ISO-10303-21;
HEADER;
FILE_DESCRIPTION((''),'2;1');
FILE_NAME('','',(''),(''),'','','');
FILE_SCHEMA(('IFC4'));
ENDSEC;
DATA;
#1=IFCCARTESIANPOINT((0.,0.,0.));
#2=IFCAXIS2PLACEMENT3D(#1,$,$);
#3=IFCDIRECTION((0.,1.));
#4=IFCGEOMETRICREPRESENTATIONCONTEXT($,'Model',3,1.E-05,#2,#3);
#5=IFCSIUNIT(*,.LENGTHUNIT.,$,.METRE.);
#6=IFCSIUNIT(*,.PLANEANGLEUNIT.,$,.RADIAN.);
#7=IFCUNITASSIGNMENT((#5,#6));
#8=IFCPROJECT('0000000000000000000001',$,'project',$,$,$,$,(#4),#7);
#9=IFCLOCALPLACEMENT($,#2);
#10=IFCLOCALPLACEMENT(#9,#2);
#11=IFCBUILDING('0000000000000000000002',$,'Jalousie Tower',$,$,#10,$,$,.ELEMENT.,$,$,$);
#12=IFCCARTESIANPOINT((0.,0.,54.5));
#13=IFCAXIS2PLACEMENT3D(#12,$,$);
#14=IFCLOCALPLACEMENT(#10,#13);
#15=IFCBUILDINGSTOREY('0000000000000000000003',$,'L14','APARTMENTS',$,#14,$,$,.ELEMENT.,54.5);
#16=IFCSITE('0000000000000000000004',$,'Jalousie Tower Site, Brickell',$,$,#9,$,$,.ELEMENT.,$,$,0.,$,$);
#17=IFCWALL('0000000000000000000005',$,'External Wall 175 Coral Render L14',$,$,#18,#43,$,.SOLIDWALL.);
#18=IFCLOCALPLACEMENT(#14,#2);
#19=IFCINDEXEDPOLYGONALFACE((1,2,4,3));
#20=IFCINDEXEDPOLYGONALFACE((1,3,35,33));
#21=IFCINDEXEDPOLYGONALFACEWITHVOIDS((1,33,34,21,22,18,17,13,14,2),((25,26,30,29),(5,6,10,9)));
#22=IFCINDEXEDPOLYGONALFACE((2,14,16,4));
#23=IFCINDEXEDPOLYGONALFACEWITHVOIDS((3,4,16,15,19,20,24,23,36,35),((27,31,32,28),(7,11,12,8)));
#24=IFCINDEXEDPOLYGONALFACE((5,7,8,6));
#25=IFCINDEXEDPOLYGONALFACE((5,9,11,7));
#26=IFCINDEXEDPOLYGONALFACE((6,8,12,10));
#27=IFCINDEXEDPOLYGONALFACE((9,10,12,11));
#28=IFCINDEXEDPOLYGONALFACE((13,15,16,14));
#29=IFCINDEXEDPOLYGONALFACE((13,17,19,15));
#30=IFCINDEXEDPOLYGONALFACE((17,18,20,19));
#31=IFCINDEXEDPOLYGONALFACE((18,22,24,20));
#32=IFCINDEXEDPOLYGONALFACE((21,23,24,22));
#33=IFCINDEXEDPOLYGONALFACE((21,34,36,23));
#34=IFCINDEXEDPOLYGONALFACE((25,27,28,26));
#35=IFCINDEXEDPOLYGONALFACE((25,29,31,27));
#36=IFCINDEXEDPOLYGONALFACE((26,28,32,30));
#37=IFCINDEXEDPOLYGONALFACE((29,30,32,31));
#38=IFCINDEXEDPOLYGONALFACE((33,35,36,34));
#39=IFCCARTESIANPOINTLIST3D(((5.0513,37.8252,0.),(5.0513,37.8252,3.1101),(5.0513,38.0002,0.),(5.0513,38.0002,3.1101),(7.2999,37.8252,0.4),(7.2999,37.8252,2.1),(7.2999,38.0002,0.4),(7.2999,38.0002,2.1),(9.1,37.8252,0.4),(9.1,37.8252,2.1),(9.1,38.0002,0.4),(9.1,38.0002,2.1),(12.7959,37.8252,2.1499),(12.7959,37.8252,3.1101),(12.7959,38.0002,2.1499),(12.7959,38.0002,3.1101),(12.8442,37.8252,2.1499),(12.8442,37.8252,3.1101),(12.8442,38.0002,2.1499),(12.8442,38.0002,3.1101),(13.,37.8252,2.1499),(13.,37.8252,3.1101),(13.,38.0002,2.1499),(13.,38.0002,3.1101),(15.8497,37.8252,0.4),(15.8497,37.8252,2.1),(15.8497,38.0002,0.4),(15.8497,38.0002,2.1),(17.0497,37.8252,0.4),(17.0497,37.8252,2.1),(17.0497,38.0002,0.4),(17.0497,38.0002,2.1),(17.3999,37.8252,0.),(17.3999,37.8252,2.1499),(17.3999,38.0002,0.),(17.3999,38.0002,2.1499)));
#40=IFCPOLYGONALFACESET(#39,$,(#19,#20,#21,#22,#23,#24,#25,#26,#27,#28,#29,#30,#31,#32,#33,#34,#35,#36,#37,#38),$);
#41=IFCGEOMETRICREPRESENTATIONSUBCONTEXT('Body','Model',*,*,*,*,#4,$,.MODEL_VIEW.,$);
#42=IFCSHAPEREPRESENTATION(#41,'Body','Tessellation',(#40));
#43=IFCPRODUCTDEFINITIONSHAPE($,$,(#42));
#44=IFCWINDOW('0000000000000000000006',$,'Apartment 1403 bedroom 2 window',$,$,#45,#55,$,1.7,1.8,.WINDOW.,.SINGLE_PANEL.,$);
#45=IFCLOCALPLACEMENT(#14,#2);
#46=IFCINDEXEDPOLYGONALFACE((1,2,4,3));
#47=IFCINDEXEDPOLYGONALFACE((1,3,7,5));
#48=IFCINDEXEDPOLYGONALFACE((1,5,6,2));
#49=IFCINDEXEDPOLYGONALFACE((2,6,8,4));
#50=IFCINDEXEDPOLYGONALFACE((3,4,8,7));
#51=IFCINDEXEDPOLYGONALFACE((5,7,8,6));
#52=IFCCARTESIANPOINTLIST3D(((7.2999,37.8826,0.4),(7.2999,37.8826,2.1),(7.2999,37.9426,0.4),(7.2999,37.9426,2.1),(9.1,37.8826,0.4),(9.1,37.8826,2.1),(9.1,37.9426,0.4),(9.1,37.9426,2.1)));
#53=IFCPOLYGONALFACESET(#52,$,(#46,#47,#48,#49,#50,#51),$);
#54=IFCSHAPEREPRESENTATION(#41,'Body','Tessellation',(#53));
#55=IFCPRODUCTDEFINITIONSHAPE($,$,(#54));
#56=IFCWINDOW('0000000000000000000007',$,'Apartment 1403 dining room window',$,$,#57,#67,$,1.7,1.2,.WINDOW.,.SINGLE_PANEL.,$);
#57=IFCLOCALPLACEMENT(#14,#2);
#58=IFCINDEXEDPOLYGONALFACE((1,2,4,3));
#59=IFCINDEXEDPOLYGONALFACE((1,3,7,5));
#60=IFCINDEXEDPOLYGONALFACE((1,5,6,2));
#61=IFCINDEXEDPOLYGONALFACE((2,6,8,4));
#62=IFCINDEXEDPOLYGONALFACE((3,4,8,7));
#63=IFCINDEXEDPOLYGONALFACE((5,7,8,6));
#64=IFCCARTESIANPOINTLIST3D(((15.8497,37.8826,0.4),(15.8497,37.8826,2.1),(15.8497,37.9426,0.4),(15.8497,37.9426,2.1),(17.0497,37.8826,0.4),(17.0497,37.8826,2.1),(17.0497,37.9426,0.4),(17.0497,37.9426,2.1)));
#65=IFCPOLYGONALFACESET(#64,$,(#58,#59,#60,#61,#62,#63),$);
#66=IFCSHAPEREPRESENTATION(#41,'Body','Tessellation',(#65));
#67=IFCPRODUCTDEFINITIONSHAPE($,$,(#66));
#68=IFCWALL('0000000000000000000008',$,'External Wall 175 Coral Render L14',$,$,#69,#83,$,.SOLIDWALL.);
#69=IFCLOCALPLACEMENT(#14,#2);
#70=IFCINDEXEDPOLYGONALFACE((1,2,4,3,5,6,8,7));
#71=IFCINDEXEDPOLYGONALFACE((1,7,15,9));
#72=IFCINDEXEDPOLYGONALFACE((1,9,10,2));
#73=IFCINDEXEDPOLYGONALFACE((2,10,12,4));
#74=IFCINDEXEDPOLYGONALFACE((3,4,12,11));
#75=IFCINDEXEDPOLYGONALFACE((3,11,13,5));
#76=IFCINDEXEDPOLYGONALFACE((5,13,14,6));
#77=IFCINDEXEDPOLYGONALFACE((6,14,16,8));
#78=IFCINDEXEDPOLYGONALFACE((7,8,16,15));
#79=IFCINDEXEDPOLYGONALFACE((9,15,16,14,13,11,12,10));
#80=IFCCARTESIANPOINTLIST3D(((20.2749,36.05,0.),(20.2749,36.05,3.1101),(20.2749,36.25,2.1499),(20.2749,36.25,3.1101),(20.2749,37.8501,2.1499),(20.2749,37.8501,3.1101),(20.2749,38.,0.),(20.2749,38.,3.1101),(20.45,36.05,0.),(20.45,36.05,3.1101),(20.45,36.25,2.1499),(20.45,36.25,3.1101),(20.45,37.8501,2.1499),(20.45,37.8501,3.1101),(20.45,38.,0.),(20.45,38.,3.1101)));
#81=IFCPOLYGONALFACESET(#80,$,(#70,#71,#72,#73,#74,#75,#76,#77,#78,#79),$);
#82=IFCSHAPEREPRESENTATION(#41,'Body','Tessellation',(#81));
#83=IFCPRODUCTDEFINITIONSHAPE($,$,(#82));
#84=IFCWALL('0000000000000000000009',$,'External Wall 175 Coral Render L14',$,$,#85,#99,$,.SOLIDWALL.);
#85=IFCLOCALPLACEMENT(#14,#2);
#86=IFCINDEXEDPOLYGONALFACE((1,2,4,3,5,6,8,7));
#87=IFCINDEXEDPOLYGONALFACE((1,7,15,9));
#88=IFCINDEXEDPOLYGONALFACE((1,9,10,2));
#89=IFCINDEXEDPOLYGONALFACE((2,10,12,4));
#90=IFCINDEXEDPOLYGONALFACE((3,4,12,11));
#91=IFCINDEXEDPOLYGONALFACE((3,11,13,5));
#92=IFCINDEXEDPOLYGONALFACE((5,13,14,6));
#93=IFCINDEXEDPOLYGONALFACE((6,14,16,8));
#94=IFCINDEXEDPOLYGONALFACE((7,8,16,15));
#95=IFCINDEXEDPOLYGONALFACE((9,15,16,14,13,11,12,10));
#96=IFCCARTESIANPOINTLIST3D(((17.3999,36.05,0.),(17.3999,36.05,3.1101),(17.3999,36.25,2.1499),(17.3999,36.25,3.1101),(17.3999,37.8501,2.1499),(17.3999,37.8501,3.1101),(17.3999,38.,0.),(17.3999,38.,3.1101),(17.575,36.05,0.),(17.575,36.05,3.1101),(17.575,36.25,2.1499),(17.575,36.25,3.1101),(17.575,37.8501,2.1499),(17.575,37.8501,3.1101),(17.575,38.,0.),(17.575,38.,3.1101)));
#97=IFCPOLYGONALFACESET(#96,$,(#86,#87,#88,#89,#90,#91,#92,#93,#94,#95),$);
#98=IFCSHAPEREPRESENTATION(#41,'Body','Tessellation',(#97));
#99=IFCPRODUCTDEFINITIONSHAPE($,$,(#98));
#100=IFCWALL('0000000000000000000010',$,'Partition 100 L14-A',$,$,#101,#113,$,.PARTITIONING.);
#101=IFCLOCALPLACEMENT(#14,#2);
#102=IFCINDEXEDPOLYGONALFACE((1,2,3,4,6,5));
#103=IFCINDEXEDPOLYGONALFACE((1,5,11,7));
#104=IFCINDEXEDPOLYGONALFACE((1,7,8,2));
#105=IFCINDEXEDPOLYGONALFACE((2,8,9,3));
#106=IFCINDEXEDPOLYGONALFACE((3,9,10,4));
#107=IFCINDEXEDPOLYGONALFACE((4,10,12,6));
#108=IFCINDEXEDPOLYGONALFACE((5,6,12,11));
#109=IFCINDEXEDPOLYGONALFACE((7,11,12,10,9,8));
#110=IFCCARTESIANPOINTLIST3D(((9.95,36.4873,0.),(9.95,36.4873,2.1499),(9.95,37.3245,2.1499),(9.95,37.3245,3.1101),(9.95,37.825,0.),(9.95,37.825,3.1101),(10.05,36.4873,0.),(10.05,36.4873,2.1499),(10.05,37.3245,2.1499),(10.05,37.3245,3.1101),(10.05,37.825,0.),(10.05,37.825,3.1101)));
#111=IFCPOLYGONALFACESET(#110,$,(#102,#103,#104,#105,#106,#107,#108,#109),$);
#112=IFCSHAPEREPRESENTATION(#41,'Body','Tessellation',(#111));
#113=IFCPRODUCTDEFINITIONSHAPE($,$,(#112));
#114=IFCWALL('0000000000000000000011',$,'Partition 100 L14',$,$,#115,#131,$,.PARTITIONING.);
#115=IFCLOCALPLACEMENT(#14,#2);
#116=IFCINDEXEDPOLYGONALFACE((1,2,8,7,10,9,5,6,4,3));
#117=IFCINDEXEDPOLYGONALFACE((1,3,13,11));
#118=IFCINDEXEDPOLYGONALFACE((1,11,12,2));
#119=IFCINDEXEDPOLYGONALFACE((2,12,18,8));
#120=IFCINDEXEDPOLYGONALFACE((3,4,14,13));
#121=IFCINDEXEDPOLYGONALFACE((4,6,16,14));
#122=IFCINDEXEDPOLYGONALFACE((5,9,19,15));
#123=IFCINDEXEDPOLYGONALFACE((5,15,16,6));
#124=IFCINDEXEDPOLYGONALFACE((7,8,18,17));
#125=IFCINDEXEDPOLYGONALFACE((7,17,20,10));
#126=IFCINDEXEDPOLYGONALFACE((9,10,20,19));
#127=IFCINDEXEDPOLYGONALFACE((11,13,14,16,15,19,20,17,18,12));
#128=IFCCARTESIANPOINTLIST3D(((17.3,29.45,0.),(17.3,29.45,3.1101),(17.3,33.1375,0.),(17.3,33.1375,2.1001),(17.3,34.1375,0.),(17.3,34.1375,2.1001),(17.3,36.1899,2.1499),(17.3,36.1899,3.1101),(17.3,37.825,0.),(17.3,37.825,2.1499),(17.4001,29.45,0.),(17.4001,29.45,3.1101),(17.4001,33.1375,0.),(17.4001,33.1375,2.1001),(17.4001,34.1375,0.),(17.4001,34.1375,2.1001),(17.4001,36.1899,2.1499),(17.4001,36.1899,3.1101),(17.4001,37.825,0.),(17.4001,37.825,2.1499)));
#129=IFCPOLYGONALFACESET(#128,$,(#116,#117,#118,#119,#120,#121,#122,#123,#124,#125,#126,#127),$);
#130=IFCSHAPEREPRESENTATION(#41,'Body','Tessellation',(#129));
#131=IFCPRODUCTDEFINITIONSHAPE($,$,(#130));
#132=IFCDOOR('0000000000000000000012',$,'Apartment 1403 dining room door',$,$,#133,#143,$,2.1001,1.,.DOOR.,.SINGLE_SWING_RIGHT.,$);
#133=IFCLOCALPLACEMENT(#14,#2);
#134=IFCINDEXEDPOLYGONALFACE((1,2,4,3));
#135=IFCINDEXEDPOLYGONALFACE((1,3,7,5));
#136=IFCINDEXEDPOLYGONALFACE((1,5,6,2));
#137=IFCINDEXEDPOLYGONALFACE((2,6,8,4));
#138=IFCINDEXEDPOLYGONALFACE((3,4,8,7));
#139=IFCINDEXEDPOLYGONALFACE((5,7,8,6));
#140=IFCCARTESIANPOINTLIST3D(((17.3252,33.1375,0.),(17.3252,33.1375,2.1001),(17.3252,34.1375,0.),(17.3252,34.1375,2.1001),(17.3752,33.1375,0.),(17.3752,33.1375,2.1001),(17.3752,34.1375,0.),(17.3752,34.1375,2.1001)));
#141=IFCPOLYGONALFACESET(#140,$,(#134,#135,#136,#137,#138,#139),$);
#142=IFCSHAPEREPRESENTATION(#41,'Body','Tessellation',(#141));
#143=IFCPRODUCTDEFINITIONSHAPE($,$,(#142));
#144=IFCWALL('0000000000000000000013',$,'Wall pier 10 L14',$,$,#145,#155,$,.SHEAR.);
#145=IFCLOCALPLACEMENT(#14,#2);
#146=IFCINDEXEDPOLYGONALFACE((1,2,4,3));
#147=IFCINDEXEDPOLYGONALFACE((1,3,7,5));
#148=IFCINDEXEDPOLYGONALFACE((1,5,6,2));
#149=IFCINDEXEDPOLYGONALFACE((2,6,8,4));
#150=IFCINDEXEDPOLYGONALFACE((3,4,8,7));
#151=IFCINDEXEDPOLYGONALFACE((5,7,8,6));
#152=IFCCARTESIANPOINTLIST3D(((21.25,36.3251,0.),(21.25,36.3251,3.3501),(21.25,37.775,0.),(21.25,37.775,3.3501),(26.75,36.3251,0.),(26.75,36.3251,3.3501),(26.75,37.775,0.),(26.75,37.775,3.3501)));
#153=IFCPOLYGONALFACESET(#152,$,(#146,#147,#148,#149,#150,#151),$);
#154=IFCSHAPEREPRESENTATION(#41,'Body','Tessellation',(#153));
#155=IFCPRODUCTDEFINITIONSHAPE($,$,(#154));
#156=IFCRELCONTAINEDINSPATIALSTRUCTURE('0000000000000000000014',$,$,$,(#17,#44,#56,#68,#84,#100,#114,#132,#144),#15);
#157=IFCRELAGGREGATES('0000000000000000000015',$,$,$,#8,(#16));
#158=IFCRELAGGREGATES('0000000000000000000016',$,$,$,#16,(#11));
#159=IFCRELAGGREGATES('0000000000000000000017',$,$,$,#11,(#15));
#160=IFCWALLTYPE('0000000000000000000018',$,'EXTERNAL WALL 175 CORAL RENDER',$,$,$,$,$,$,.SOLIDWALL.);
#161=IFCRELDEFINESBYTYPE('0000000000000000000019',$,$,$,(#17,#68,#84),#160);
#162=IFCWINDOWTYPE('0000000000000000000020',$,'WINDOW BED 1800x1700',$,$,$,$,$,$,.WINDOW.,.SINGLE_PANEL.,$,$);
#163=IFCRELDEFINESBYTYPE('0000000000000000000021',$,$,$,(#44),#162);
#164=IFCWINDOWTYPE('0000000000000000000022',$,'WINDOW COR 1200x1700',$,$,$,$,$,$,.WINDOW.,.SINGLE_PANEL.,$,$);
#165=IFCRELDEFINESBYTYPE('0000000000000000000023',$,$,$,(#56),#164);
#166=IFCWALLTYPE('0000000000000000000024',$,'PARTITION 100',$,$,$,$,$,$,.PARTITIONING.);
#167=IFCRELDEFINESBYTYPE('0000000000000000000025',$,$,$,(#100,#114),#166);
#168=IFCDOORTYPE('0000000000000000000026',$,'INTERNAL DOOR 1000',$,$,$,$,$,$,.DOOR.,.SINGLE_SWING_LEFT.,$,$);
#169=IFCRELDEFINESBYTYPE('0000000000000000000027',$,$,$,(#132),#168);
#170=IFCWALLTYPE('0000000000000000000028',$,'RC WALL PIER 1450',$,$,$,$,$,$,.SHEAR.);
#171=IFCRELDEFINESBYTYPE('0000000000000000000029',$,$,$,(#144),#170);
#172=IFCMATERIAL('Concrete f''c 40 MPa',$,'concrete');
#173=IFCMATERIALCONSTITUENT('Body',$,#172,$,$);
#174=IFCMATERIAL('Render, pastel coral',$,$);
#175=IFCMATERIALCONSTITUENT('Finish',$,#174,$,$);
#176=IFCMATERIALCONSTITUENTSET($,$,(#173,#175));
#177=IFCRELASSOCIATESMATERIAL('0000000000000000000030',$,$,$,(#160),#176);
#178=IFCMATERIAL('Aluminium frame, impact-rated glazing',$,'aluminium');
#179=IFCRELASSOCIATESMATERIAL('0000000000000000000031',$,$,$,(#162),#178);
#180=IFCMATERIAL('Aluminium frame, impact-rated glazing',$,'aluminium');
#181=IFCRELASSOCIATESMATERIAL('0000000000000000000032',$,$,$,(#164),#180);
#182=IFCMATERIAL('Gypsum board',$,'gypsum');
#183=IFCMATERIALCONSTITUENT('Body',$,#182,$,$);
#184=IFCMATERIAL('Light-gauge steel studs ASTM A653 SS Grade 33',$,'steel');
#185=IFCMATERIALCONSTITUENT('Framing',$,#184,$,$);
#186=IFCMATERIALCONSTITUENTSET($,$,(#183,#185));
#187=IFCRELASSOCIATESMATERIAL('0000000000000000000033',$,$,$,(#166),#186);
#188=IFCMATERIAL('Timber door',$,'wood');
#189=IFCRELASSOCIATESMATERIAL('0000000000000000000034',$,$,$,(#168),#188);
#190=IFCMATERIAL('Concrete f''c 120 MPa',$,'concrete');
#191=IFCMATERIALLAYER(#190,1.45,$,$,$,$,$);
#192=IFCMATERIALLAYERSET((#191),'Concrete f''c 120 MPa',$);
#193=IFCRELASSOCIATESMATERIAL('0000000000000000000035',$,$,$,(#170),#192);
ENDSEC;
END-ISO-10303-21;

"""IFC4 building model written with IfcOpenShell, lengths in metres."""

from ifc_helpers import new_model, si_unit, direction, frame, frame_2d, origin, place, context, subcontext, project, spatial, polyline, rectangle, outline, extrude, material, layer, layer_set, constituent, constituent_set, type_object, element, fill, save


model = new_model("IFC4")

# Units and contexts
model_context = context("Model", 3, precision=1e-05, world=origin(), true_north=direction((0.0, 1.0)))
body_context = subcontext(model_context, "Body", "Model", "MODEL_VIEW")
ifc_project = project(units=[si_unit("LENGTHUNIT", "METRE"), si_unit("PLANEANGLEUNIT", "RADIAN")], contexts=[model_context])

# Site, building, storey
site_placement = place(None, origin())
site = spatial("IfcSite", under=ifc_project, at=site_placement, Name="Jalousie Tower Site, Brickell", CompositionType="ELEMENT", RefElevation=0.0)
building_placement = place(site_placement, origin())
building = spatial("IfcBuilding", under=site, at=building_placement, Name="Jalousie Tower", CompositionType="ELEMENT")
storey_placement = place(building_placement, frame((0.0, 0.0, 54.5)))
storey = spatial("IfcBuildingStorey", under=building, at=storey_placement, Name="L14", Description="APARTMENTS", CompositionType="ELEMENT", Elevation=54.5)

# Wall, openings, windows
ifc_material_1 = material(Name="Concrete f'c 40 MPa", Category="concrete")
ifc_constituent_1 = constituent(ifc_material_1, Name="Body")
ifc_material_2 = material(Name="Render, pastel coral")
ifc_constituent_2 = constituent(ifc_material_2, Name="Finish")
ifc_constituent_set_1 = constituent_set(constituents=[ifc_constituent_1, ifc_constituent_2])
wall_type_1 = type_object("IfcWallType", Name="EXTERNAL WALL 175 CORAL RENDER", PredefinedType="SOLIDWALL", material=ifc_constituent_set_1)
wall_1_placement = place(storey_placement, frame((17.3999, 37.9126, 0.0), z_axis=(0.0, 0.0, 1.0), x_axis=(-1.0, 0.0, 0.0)))
wall_1 = element("IfcWall", 1, at=wall_1_placement, inside=storey, type_object=wall_type_1, Name="External Wall 175 Coral Render L14", PredefinedType="SOLIDWALL", context=body_context, shape_type="SweptSolid", body=[
    extrude(outline(polyline([(0.0, 0.0), (12.3486, 0.0), (12.3486, 3.1101), (4.604, 3.1101), (4.604, 2.1499), (4.5557, 2.1499), (4.5557, 3.1101), (4.3999, 3.1101), (4.3999, 2.1499), (0.0, 2.1499), (0.0, 0.0)])), frame((0.0, 0.0874, 0.0), z_axis=(0.0, -1.0, 0.0), x_axis=(1.0, 0.0, 0.0)), (0.0, 0.0, 1.0), 0.175),
])
opening_1_placement = place(wall_1_placement, frame((0.3501, 0.0, 0.3999)))
opening_1 = element("IfcOpeningElement", 2, at=opening_1_placement, cuts=wall_1, PredefinedType="OPENING", context=body_context, shape_type="SweptSolid", body=[
    extrude(rectangle(XDim=1.2, YDim=1.7, at=frame_2d((0.6001, 0.8501))), frame((0.0, 0.0974, 0.0), z_axis=(0.0, -1.0, 0.0), x_axis=(1.0, 0.0, 0.0)), (0.0, 0.0, 1.0), 0.1951),
])
opening_2_placement = place(wall_1_placement, frame((8.3, 0.0, 0.3999)))
opening_2 = element("IfcOpeningElement", 3, at=opening_2_placement, cuts=wall_1, PredefinedType="OPENING", context=body_context, shape_type="SweptSolid", body=[
    extrude(rectangle(XDim=1.8, YDim=1.7, at=frame_2d((0.8999, 0.8501))), frame((0.0, 0.0974, 0.0), z_axis=(0.0, -1.0, 0.0), x_axis=(1.0, 0.0, 0.0)), (0.0, 0.0, 1.0), 0.1951),
])
ifc_material_3 = material(Name="Aluminium frame, impact-rated glazing", Category="aluminium")
window_type_1 = type_object("IfcWindowType", Name="WINDOW BED 1800x1700", PartitioningType="SINGLE_PANEL", PredefinedType="WINDOW", material=ifc_material_3)
window_1_placement = place(opening_2_placement, origin())
window_1 = element("IfcWindow", 4, at=window_1_placement, inside=storey, type_object=window_type_1, Name="Apartment 1403 bedroom 2 window", OverallHeight=1.7, OverallWidth=1.8, PartitioningType="SINGLE_PANEL", PredefinedType="WINDOW", context=body_context, shape_type="SweptSolid", body=[
    extrude(rectangle(XDim=1.8, YDim=1.7, at=frame_2d((0.8999, 0.8501))), frame((0.0, 0.03, 0.0), z_axis=(0.0, -1.0, 0.0), x_axis=(1.0, 0.0, 0.0)), (0.0, 0.0, 1.0), 0.0601),
])
fill(opening_2, window_1)
ifc_material_4 = material(Name="Aluminium frame, impact-rated glazing", Category="aluminium")
window_type_2 = type_object("IfcWindowType", Name="WINDOW COR 1200x1700", PartitioningType="SINGLE_PANEL", PredefinedType="WINDOW", material=ifc_material_4)
window_2_placement = place(opening_1_placement, origin())
window_2 = element("IfcWindow", 5, at=window_2_placement, inside=storey, type_object=window_type_2, Name="Apartment 1403 dining room window", OverallHeight=1.7, OverallWidth=1.2, PartitioningType="SINGLE_PANEL", PredefinedType="WINDOW", context=body_context, shape_type="SweptSolid", body=[
    extrude(rectangle(XDim=1.2, YDim=1.7, at=frame_2d((0.6001, 0.8501))), frame((0.0, 0.03, 0.0), z_axis=(0.0, -1.0, 0.0), x_axis=(1.0, 0.0, 0.0)), (0.0, 0.0, 1.0), 0.0601),
])
fill(opening_1, window_2)

# Walls
for number, where, z_axis, x_axis, name in (
    (6, (20.3625, 38.0, 0.0), (0.0, 0.0, 1.0), (0.0, -1.0, 0.0), "External Wall 175 Coral Render L14"),
    (7, (17.4875, 38.0, 0.0), (0.0, 0.0, 1.0), (0.0, -1.0, 0.0), "External Wall 175 Coral Render L14"),
):
    element("IfcWall", number, at=place(storey_placement, frame(where, z_axis=z_axis, x_axis=x_axis)), inside=storey, type_object=wall_type_1, Name=name, PredefinedType="SOLIDWALL", context=body_context, shape_type="SweptSolid", body=[
        extrude(outline(polyline([(0.0, 0.0), (1.95, 0.0), (1.95, 3.1101), (1.75, 3.1101), (1.75, 2.1499), (0.1499, 2.1499), (0.1499, 3.1101), (0.0, 3.1101), (0.0, 0.0)])), frame((0.0, 0.0874, 0.0), z_axis=(0.0, -1.0, 0.0), x_axis=(1.0, 0.0, 0.0)), (0.0, 0.0, 1.0), 0.175),
    ])
ifc_material_5 = material(Name="Gypsum board", Category="gypsum")
ifc_constituent_3 = constituent(ifc_material_5, Name="Body")
ifc_material_6 = material(Name="Light-gauge steel studs ASTM A653 SS Grade 33", Category="steel")
ifc_constituent_4 = constituent(ifc_material_6, Name="Framing")
ifc_constituent_set_2 = constituent_set(constituents=[ifc_constituent_3, ifc_constituent_4])
wall_type_2 = type_object("IfcWallType", Name="PARTITION 100", PredefinedType="PARTITIONING", material=ifc_constituent_set_2)
wall_2_placement = place(storey_placement, frame((10.0, 37.825, 0.0), z_axis=(0.0, 0.0, 1.0), x_axis=(0.0, -1.0, 0.0)))
element("IfcWall", 8, at=wall_2_placement, inside=storey, type_object=wall_type_2, Name="Partition 100 L14-A", PredefinedType="PARTITIONING", context=body_context, shape_type="SweptSolid", body=[
    extrude(outline(polyline([(0.0, 0.0), (1.3376, 0.0), (1.3376, 2.1499), (0.5005, 2.1499), (0.5005, 3.1101), (0.0, 3.1101), (0.0, 0.0)])), frame((0.0, 0.05, 0.0), z_axis=(0.0, -1.0, 0.0), x_axis=(1.0, 0.0, 0.0)), (0.0, 0.0, 1.0), 0.1001),
])

# Wall, opening, door
wall_3_placement = place(storey_placement, frame((17.3501, 37.825, 0.0), z_axis=(0.0, 0.0, 1.0), x_axis=(0.0, -1.0, 0.0)))
wall_3 = element("IfcWall", 9, at=wall_3_placement, inside=storey, type_object=wall_type_2, Name="Partition 100 L14", PredefinedType="PARTITIONING", context=body_context, shape_type="SweptSolid", body=[
    extrude(outline(polyline([(0.0, 0.0), (8.375, 0.0), (8.375, 3.1101), (1.635, 3.1101), (1.635, 2.1499), (0.0, 2.1499), (0.0, 3.1101), (0.0, 0.0)])), frame((0.0, 0.05, 0.0), z_axis=(0.0, -1.0, 0.0), x_axis=(1.0, 0.0, 0.0)), (0.0, 0.0, 1.0), 0.1001),
])
opening_3_placement = place(wall_3_placement, frame((3.6875, 0.0, 0.0)))
opening_3 = element("IfcOpeningElement", 10, at=opening_3_placement, cuts=wall_3, PredefinedType="OPENING", context=body_context, shape_type="SweptSolid", body=[
    extrude(rectangle(XDim=1.0, YDim=2.1001, at=frame_2d((0.5, 1.05))), frame((0.0, 0.0601, 0.0), z_axis=(0.0, -1.0, 0.0), x_axis=(1.0, 0.0, 0.0)), (0.0, 0.0, 1.0), 0.1201),
])
ifc_material_7 = material(Name="Timber door", Category="wood")
door_type = type_object("IfcDoorType", Name="INTERNAL DOOR 1000", OperationType="SINGLE_SWING_LEFT", PredefinedType="DOOR", material=ifc_material_7)
door_placement = place(opening_3_placement, frame((1.0, 0.0, 0.0), z_axis=(0.0, 0.0, 1.0), x_axis=(-1.0, 0.0, 0.0)))
door = element("IfcDoor", 11, at=door_placement, inside=storey, type_object=door_type, Name="Apartment 1403 dining room door", OperationType="SINGLE_SWING_RIGHT", OverallHeight=2.1001, OverallWidth=1.0, PredefinedType="DOOR", context=body_context, shape_type="SweptSolid", body=[
    extrude(rectangle(XDim=1.0, YDim=2.1001, at=frame_2d((0.5, 1.05))), frame((0.0, 0.0249, 0.0), z_axis=(0.0, -1.0, 0.0), x_axis=(1.0, 0.0, 0.0)), (0.0, 0.0, 1.0), 0.05),
])
fill(opening_3, door)

# Wall
ifc_material_8 = material(Name="Concrete f'c 120 MPa", Category="concrete")
ifc_layer_1 = layer(ifc_material_8, 1.45)
ifc_layer_set_1 = layer_set([ifc_layer_1], Name="Concrete f'c 120 MPa")
wall_type_3 = type_object("IfcWallType", Name="RC WALL PIER 1450", PredefinedType="SHEAR", material=ifc_layer_set_1)
wall_4_placement = place(storey_placement, frame((21.25, 37.05, 0.0), z_axis=(0.0, 0.0, 1.0), x_axis=(1.0, 0.0, 0.0)))
element("IfcWall", 12, at=wall_4_placement, inside=storey, type_object=wall_type_3, Name="Wall pier 10 L14", PredefinedType="SHEAR", context=body_context, shape_type="SweptSolid", body=[
    extrude(rectangle(XDim=5.5, YDim=1.45, at=frame_2d((2.75, 0.0))), origin(), (0.0, 0.0, 1.0), 3.3501),
])

save(model, "model.ifc")
